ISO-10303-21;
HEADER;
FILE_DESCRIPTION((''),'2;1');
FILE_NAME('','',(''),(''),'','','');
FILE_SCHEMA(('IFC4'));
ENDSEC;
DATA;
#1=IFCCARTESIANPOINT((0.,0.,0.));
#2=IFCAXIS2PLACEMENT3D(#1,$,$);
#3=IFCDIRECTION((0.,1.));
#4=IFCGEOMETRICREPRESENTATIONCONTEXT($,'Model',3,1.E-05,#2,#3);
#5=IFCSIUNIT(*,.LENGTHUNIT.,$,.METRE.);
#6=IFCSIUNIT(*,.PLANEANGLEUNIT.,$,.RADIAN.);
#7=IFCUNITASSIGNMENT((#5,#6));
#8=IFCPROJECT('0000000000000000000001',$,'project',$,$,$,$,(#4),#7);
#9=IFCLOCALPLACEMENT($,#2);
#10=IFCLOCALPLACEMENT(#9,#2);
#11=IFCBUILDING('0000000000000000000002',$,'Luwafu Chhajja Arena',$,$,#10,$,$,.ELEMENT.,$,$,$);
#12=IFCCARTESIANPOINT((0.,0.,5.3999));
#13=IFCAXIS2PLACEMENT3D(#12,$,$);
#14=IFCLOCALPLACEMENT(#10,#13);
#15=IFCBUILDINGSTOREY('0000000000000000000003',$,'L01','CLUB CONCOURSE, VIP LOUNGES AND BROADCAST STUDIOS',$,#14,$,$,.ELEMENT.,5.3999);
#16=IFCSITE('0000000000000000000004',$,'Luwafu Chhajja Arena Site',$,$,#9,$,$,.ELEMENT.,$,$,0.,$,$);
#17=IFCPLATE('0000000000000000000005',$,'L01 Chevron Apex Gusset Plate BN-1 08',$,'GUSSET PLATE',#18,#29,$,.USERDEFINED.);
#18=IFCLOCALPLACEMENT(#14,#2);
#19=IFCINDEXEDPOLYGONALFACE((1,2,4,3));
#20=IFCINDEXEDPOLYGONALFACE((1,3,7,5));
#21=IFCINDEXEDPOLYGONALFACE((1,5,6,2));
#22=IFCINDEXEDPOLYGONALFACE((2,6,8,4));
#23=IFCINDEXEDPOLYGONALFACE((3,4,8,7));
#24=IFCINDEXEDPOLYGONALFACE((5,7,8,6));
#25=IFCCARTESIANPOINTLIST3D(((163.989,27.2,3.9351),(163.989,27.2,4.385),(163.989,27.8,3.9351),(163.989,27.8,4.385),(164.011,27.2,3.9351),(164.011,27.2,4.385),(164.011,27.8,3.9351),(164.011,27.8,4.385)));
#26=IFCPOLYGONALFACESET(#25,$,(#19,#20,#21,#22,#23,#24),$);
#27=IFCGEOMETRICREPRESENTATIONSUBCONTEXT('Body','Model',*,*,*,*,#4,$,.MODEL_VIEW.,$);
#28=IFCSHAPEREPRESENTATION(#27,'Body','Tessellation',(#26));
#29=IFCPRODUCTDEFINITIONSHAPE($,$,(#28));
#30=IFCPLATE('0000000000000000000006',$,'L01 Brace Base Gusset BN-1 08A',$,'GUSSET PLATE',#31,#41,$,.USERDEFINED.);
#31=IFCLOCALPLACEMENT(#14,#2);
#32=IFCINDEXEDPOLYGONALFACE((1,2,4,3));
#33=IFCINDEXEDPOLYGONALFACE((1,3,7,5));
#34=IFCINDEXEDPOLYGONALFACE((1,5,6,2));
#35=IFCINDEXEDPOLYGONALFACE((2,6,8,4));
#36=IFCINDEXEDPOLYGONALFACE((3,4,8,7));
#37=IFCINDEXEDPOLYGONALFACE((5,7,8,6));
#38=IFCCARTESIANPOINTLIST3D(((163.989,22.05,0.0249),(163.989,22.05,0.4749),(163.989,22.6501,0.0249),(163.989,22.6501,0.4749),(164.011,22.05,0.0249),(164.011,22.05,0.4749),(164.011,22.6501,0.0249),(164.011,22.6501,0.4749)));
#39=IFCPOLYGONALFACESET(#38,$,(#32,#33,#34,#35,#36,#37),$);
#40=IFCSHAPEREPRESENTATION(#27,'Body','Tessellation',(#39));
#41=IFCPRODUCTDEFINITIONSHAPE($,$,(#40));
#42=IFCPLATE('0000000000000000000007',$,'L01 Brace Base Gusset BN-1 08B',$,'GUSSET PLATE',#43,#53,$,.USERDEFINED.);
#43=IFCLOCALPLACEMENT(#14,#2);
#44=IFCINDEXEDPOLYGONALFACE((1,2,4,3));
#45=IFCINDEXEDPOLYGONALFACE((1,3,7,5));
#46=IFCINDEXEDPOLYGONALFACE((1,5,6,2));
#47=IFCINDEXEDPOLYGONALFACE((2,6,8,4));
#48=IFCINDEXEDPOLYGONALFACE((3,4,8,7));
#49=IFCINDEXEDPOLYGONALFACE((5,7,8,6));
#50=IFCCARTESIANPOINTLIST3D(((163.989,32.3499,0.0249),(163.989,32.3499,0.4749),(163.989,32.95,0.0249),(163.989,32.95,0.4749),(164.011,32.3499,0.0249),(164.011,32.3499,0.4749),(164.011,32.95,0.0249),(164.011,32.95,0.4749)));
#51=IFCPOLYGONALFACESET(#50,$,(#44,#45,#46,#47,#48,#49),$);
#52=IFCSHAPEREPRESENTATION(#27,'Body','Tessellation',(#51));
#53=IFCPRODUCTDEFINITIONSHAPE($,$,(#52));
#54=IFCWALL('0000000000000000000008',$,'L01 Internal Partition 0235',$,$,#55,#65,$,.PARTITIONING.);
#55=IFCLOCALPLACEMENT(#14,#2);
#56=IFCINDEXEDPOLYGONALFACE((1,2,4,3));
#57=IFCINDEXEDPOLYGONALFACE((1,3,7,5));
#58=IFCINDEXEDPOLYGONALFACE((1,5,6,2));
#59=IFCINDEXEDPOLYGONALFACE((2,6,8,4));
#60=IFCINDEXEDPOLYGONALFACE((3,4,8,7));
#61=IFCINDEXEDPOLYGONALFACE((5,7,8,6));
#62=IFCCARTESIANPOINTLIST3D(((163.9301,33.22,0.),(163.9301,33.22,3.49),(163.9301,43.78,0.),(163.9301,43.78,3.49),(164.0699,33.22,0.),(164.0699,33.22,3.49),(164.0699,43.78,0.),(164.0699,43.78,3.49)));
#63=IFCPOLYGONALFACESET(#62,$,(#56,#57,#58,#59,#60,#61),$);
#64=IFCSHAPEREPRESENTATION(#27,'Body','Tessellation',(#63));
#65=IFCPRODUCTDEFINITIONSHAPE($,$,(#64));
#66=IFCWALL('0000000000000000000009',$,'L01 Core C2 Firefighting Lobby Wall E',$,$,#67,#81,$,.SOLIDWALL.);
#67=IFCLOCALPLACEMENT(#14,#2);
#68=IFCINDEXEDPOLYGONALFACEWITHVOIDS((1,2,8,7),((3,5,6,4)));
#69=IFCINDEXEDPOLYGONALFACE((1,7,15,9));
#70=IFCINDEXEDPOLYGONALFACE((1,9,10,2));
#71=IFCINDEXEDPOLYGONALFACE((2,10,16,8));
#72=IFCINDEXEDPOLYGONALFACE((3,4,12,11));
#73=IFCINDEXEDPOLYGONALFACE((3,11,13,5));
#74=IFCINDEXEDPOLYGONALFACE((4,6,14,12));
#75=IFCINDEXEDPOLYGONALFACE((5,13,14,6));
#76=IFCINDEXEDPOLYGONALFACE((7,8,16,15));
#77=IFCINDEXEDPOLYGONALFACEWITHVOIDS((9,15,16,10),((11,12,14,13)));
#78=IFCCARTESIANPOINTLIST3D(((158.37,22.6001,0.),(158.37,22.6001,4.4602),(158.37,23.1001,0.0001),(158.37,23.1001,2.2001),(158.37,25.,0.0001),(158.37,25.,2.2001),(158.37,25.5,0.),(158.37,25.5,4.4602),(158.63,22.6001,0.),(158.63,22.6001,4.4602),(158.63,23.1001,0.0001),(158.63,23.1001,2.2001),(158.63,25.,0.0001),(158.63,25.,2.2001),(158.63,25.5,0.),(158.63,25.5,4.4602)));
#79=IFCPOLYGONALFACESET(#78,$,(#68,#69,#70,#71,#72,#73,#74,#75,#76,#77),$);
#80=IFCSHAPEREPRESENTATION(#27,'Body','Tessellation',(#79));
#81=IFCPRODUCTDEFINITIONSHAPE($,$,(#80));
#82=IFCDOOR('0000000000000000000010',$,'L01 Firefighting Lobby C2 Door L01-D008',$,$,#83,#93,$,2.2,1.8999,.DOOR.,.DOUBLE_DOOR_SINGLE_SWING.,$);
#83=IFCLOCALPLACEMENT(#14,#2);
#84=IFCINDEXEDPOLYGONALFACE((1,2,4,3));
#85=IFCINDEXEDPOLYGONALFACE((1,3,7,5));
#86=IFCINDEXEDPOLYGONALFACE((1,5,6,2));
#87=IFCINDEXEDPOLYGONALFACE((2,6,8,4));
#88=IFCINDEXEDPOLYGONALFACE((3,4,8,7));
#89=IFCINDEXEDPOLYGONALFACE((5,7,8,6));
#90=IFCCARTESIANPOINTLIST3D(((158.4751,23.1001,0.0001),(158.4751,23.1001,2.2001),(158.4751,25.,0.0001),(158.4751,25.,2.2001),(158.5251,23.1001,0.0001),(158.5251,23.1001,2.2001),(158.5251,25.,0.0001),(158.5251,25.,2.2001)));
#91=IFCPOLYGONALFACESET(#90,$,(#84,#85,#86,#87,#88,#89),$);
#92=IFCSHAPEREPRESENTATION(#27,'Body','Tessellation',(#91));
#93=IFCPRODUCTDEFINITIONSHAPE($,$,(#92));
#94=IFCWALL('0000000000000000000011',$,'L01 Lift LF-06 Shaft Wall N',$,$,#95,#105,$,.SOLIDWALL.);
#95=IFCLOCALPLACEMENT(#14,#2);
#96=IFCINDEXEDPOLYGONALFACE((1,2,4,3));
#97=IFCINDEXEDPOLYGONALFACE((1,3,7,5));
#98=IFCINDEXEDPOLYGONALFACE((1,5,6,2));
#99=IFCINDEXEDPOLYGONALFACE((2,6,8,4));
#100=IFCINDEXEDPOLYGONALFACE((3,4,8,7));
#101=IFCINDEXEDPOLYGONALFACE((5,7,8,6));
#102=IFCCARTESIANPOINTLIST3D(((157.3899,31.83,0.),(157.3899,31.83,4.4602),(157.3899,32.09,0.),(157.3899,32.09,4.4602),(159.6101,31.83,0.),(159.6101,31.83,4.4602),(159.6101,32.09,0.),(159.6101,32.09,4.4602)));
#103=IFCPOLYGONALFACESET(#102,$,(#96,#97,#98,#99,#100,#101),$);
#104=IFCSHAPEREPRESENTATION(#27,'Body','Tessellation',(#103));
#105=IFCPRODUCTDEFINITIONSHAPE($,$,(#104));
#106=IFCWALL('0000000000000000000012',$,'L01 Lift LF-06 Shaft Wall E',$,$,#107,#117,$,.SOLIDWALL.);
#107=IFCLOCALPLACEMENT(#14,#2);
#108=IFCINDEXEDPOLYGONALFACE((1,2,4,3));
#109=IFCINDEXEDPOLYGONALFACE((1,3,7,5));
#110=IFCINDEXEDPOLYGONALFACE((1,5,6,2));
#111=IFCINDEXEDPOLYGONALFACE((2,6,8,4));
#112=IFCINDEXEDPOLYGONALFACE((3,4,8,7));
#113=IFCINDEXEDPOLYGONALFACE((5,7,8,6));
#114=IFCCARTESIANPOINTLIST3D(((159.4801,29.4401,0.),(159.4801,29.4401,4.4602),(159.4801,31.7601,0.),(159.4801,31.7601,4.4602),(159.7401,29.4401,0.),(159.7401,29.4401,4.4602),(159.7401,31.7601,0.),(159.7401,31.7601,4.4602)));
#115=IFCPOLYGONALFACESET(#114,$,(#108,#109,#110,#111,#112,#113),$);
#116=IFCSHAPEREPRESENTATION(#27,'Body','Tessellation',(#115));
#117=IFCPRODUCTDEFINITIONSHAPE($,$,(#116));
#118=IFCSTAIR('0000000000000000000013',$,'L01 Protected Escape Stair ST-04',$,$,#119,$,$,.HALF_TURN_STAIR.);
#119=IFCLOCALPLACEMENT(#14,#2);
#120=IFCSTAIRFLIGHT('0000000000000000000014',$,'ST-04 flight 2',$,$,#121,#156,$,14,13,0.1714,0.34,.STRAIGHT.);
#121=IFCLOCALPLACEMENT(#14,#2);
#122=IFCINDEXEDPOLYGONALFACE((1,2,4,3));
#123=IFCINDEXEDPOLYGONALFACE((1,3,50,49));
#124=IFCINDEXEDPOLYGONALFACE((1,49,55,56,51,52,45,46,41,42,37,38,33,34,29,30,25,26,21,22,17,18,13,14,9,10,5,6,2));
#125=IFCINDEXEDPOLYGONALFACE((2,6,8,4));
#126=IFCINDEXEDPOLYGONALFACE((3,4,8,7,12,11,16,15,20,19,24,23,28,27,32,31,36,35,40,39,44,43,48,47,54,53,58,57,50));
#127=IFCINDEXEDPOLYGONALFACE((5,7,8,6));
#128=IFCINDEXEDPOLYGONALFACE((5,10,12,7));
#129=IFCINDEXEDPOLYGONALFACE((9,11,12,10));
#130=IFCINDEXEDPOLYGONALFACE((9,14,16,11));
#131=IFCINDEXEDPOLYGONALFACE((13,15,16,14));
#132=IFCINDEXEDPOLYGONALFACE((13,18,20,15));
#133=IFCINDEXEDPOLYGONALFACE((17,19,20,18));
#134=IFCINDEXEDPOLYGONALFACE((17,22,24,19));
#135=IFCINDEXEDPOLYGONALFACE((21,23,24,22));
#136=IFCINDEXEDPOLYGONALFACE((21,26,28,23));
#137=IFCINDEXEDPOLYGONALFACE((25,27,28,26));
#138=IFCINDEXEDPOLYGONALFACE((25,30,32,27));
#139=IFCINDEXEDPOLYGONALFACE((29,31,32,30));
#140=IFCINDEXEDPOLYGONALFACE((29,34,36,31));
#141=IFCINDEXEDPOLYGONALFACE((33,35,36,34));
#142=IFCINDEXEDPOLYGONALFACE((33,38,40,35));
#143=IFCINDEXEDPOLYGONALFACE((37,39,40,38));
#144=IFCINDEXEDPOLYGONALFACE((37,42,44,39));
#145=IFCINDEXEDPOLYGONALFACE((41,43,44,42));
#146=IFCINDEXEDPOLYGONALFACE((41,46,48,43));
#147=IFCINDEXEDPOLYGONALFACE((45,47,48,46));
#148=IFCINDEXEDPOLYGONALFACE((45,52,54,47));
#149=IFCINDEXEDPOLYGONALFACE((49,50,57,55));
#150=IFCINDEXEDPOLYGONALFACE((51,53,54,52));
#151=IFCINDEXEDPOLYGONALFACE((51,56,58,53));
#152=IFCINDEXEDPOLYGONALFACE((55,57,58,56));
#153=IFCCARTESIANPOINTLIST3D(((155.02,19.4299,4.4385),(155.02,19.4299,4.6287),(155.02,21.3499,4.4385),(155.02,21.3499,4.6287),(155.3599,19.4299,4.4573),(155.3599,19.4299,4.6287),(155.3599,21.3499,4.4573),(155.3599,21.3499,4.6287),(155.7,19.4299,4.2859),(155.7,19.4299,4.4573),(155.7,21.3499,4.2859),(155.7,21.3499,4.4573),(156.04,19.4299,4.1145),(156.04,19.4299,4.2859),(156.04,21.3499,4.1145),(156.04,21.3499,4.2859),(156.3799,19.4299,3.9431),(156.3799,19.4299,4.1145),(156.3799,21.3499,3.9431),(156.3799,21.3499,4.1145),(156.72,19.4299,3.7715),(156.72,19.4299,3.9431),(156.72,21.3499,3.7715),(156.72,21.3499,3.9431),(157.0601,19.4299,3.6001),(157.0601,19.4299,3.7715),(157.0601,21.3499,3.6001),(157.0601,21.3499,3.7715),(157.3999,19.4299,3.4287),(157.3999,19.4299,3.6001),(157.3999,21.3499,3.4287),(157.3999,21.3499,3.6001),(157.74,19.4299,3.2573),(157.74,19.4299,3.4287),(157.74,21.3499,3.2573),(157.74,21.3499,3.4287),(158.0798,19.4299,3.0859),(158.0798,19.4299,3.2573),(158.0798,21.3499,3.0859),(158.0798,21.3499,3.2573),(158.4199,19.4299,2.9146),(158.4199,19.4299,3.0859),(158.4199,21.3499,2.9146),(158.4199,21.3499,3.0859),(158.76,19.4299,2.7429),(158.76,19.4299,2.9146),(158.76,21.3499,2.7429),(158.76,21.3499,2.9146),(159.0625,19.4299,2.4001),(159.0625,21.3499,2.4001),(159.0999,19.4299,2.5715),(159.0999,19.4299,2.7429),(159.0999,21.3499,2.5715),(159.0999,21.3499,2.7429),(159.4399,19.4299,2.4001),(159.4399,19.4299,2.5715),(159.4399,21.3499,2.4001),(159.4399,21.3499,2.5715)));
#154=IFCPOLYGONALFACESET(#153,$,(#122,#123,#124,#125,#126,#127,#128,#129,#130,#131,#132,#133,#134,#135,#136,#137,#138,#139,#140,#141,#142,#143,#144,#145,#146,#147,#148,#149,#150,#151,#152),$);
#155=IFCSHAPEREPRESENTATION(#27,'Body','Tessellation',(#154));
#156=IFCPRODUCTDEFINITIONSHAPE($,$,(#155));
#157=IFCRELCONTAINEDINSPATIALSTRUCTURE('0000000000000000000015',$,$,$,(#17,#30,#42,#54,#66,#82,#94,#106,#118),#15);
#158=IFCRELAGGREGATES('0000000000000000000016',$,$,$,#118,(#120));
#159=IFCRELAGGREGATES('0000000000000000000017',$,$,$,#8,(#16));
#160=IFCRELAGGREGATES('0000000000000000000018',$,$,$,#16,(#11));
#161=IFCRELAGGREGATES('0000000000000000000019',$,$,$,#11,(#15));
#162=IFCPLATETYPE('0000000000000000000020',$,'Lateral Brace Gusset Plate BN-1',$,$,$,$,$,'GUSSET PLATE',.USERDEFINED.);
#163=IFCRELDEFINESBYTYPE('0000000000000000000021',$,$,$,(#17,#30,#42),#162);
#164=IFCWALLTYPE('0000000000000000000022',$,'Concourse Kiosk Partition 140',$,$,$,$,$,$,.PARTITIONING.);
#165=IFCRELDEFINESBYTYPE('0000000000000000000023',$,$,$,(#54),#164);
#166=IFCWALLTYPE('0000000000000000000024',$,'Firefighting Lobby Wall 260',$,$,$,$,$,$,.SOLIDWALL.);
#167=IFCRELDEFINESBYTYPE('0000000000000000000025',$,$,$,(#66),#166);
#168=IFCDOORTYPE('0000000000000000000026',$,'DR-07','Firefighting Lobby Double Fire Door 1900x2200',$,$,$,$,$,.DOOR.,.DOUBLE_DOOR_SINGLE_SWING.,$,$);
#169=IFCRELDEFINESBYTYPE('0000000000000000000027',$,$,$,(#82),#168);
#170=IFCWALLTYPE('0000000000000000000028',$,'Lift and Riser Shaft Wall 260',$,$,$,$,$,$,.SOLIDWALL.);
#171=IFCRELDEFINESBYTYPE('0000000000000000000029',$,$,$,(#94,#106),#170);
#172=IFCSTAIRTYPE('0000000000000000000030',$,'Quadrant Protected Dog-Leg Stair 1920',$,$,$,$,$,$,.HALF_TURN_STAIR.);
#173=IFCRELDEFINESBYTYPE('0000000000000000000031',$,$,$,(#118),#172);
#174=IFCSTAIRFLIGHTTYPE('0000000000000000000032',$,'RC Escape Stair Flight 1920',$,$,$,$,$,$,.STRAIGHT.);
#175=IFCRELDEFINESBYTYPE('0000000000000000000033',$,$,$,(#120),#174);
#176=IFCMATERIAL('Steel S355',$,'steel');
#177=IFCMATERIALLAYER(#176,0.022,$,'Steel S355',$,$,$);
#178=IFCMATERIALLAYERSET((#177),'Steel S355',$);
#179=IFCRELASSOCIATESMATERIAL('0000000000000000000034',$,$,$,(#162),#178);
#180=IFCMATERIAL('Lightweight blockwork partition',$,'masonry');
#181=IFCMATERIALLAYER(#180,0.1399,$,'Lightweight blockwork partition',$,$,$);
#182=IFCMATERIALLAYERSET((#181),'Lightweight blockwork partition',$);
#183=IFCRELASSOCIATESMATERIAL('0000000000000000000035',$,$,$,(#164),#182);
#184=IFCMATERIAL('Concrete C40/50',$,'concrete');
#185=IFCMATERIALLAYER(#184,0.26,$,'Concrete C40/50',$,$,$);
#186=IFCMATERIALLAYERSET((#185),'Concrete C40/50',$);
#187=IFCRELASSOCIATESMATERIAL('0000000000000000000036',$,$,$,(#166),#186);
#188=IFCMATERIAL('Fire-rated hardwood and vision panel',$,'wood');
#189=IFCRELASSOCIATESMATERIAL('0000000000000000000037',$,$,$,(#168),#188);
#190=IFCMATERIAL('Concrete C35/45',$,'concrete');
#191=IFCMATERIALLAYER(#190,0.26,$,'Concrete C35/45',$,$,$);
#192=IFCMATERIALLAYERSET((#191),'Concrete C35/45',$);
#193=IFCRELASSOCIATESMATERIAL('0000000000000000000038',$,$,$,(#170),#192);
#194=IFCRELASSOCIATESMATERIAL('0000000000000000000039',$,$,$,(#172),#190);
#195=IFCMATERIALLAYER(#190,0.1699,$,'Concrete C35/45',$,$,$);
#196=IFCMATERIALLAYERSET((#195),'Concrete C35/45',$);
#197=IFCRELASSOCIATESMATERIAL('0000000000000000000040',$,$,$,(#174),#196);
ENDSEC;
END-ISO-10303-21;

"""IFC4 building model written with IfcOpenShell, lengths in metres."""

from ifc_helpers import new_model, si_unit, direction, frame, frame_2d, origin, origin_2d, place, context, subcontext, project, spatial, polyline, rectangle, outline, extrude, material, layer, layer_set, type_object, element, fill, aggregate, save


model = new_model("IFC4")

# Units and contexts
model_context = context("Model", 3, precision=1e-05, world=origin(), true_north=direction((0.0, 1.0)))
body_context = subcontext(model_context, "Body", "Model", "MODEL_VIEW")
ifc_project = project(units=[si_unit("LENGTHUNIT", "METRE"), si_unit("PLANEANGLEUNIT", "RADIAN")], contexts=[model_context])

# Site, building, storey
site_placement = place(None, origin())
site = spatial("IfcSite", under=ifc_project, at=site_placement, Name="Luwafu Chhajja Arena Site", CompositionType="ELEMENT", RefElevation=0.0)
building_placement = place(site_placement, origin())
building = spatial("IfcBuilding", under=site, at=building_placement, Name="Luwafu Chhajja Arena", CompositionType="ELEMENT")
storey_placement = place(building_placement, frame((0.0, 0.0, 5.3999)))
storey = spatial("IfcBuildingStorey", under=building, at=storey_placement, Name="L01", Description="CLUB CONCOURSE, VIP LOUNGES AND BROADCAST STUDIOS", CompositionType="ELEMENT", Elevation=5.3999)

# Shared definitions
ifc_material_1 = material(Name="Concrete C35/45", Category="concrete")
ifc_material_2 = material(Name="Concrete C40/50", Category="concrete")

# Shared definitions
ifc_material_3 = material(Name="Steel S355", Category="steel")

# Plates
ifc_layer_1 = layer(ifc_material_3, 0.022, Name="Steel S355")
ifc_layer_set_1 = layer_set([ifc_layer_1], Name="Steel S355")
plate_type = type_object("IfcPlateType", Name="Lateral Brace Gusset Plate BN-1", ElementType="GUSSET PLATE", PredefinedType="USERDEFINED", material=ifc_layer_set_1)
for number, where, z_axis, x_axis, name in (
    (1, (164.0, 27.5, 3.9351), (0.0, 0.0, 1.0), (1.0, 0.0, 0.0), "L01 Chevron Apex Gusset Plate BN-1 08"),
    (2, (164.0, 22.3501, 0.0249), (0.0, 0.0, 1.0), (1.0, 0.0, 0.0), "L01 Brace Base Gusset BN-1 08A"),
    (3, (164.0, 32.6499, 0.0249), (0.0, 0.0, 1.0), (1.0, 0.0, 0.0), "L01 Brace Base Gusset BN-1 08B"),
):
    element("IfcPlate", number, at=place(storey_placement, frame(where, z_axis=z_axis, x_axis=x_axis)), inside=storey, type_object=plate_type, Name=name, ObjectType="GUSSET PLATE", PredefinedType="USERDEFINED", context=body_context, shape_type="SweptSolid", body=[
        extrude(rectangle(XDim=0.022, YDim=0.6001, at=origin_2d()), origin(), (0.0, 0.0, 1.0), 0.45),
    ])

# Wall
ifc_material_4 = material(Name="Lightweight blockwork partition", Category="masonry")
ifc_layer_2 = layer(ifc_material_4, 0.1399, Name="Lightweight blockwork partition")
ifc_layer_set_2 = layer_set([ifc_layer_2], Name="Lightweight blockwork partition")
wall_type_1 = type_object("IfcWallType", Name="Concourse Kiosk Partition 140", PredefinedType="PARTITIONING", material=ifc_layer_set_2)
wall_1_placement = place(storey_placement, frame((164.0, 33.22, 0.0), z_axis=(0.0, 0.0, 1.0), x_axis=(0.0, 1.0, 0.0)))
element("IfcWall", 4, at=wall_1_placement, inside=storey, type_object=wall_type_1, Name="L01 Internal Partition 0235", PredefinedType="PARTITIONING", context=body_context, shape_type="SweptSolid", body=[
    extrude(rectangle(XDim=10.5601, YDim=0.1399, at=frame_2d((5.28, 0.0))), origin(), (0.0, 0.0, 1.0), 3.49),
])

# Wall, opening, door
ifc_layer_3 = layer(ifc_material_2, 0.26, Name="Concrete C40/50")
ifc_layer_set_3 = layer_set([ifc_layer_3], Name="Concrete C40/50")
wall_type_2 = type_object("IfcWallType", Name="Firefighting Lobby Wall 260", PredefinedType="SOLIDWALL", material=ifc_layer_set_3)
wall_2_placement = place(storey_placement, frame((158.5, 22.6001, 0.0), z_axis=(0.0, 0.0, 1.0), x_axis=(0.0, 1.0, 0.0)))
wall_2 = element("IfcWall", 5, at=wall_2_placement, inside=storey, type_object=wall_type_2, Name="L01 Core C2 Firefighting Lobby Wall E", PredefinedType="SOLIDWALL", context=body_context, shape_type="SweptSolid", body=[
    extrude(rectangle(XDim=2.8999, YDim=0.26, at=frame_2d((1.45, 0.0))), origin(), (0.0, 0.0, 1.0), 4.4602),
])
opening_placement = place(wall_2_placement, frame((0.5, 0.0, 0.0)))
opening = element("IfcOpeningElement", 6, at=opening_placement, cuts=wall_2, PredefinedType="OPENING", context=body_context, shape_type="SweptSolid", body=[
    extrude(rectangle(XDim=1.8999, YDim=2.2, at=frame_2d((0.95, 1.1001))), frame((0.0, 0.1399, 0.0), z_axis=(0.0, -1.0, 0.0), x_axis=(1.0, 0.0, 0.0)), (0.0, 0.0, 1.0), 0.28),
])
ifc_material_5 = material(Name="Fire-rated hardwood and vision panel", Category="wood")
door_type = type_object("IfcDoorType", Name="DR-07", Description="Firefighting Lobby Double Fire Door 1900x2200", OperationType="DOUBLE_DOOR_SINGLE_SWING", PredefinedType="DOOR", material=ifc_material_5)
door_placement = place(opening_placement, origin())
door = element("IfcDoor", 7, at=door_placement, inside=storey, type_object=door_type, Name="L01 Firefighting Lobby C2 Door L01-D008", OperationType="DOUBLE_DOOR_SINGLE_SWING", OverallHeight=2.2, OverallWidth=1.8999, PredefinedType="DOOR", context=body_context, shape_type="SweptSolid", body=[
    extrude(rectangle(XDim=1.8999, YDim=2.2, at=frame_2d((0.95, 1.1001))), frame((0.0, 0.0249, 0.0), z_axis=(0.0, -1.0, 0.0), x_axis=(1.0, 0.0, 0.0)), (0.0, 0.0, 1.0), 0.05),
])
fill(opening, door)

# Walls
ifc_layer_4 = layer(ifc_material_1, 0.26, Name="Concrete C35/45")
ifc_layer_set_4 = layer_set([ifc_layer_4], Name="Concrete C35/45")
wall_type_3 = type_object("IfcWallType", Name="Lift and Riser Shaft Wall 260", PredefinedType="SOLIDWALL", material=ifc_layer_set_4)
wall_3_placement = place(storey_placement, frame((157.3899, 31.96, 0.0), z_axis=(0.0, 0.0, 1.0), x_axis=(1.0, 0.0, 0.0)))
element("IfcWall", 8, at=wall_3_placement, inside=storey, type_object=wall_type_3, Name="L01 Lift LF-06 Shaft Wall N", PredefinedType="SOLIDWALL", context=body_context, shape_type="SweptSolid", body=[
    extrude(rectangle(XDim=2.2202, YDim=0.26, at=frame_2d((1.1101, 0.0))), origin(), (0.0, 0.0, 1.0), 4.4602),
])
wall_4_placement = place(storey_placement, frame((159.6101, 29.4399, 0.0), z_axis=(0.0, 0.0, 1.0), x_axis=(0.0, 1.0, 0.0)))
element("IfcWall", 9, at=wall_4_placement, inside=storey, type_object=wall_type_3, Name="L01 Lift LF-06 Shaft Wall E", PredefinedType="SOLIDWALL", context=body_context, shape_type="SweptSolid", body=[
    extrude(rectangle(XDim=2.3201, YDim=0.26, at=frame_2d((1.1602, 0.0))), origin(), (0.0, 0.0, 1.0), 4.4602),
])

# Stair, stair flight
stair_type = type_object("IfcStairType", Name="Quadrant Protected Dog-Leg Stair 1920", PredefinedType="HALF_TURN_STAIR", material=ifc_material_1)
stair_placement = place(storey_placement, origin())
stair = element("IfcStair", 10, at=stair_placement, inside=storey, type_object=stair_type, Name="L01 Protected Escape Stair ST-04", PredefinedType="HALF_TURN_STAIR")
ifc_layer_5 = layer(ifc_material_1, 0.1699, Name="Concrete C35/45")
ifc_layer_set_5 = layer_set([ifc_layer_5], Name="Concrete C35/45")
stair_flight_type = type_object("IfcStairFlightType", Name="RC Escape Stair Flight 1920", PredefinedType="STRAIGHT", material=ifc_layer_set_5)
stair_flight_placement = place(storey_placement, frame((159.4399, 20.3899, 2.4001), z_axis=(0.0, 0.0, 1.0), x_axis=(-1.0, 0.0, 0.0)))
stair_flight = element("IfcStairFlight", 11, at=stair_flight_placement, type_object=stair_flight_type, Name="ST-04 flight 2", NumberOfRisers=14, NumberOfTreads=13, PredefinedType="STRAIGHT", RiserHeight=0.1714, TreadLength=0.34, context=body_context, shape_type="SweptSolid", body=[
    extrude(outline(polyline([(0.0, 0.0), (0.0, 0.1714), (0.3401, 0.1714), (0.3401, 0.3428), (0.6799, 0.3428), (0.6799, 0.5144), (1.02, 0.5144), (1.02, 0.6858), (1.3601, 0.6858), (1.3601, 0.8572), (1.7, 0.8572), (1.7, 1.0286), (2.04, 1.0286), (2.04, 1.2), (2.3799, 1.2), (2.3799, 1.3713), (2.72, 1.3713), (2.72, 1.543), (3.0601, 1.543), (3.0601, 1.7144), (3.3999, 1.7144), (3.3999, 1.8857), (3.74, 1.8857), (3.74, 2.0571), (4.0801, 2.0571), (4.0801, 2.2285), (4.4199, 2.2285), (4.4199, 2.3999), (4.4199, 2.0383), (0.3774, 0.0), (0.0, 0.0)])), frame((0.0, 0.96, 0.0), z_axis=(0.0, -1.0, 0.0), x_axis=(1.0, 0.0, 0.0)), (0.0, 0.0, 1.0), 1.9199),
])
aggregate(stair, [stair_flight])

save(model, "model.ifc")
